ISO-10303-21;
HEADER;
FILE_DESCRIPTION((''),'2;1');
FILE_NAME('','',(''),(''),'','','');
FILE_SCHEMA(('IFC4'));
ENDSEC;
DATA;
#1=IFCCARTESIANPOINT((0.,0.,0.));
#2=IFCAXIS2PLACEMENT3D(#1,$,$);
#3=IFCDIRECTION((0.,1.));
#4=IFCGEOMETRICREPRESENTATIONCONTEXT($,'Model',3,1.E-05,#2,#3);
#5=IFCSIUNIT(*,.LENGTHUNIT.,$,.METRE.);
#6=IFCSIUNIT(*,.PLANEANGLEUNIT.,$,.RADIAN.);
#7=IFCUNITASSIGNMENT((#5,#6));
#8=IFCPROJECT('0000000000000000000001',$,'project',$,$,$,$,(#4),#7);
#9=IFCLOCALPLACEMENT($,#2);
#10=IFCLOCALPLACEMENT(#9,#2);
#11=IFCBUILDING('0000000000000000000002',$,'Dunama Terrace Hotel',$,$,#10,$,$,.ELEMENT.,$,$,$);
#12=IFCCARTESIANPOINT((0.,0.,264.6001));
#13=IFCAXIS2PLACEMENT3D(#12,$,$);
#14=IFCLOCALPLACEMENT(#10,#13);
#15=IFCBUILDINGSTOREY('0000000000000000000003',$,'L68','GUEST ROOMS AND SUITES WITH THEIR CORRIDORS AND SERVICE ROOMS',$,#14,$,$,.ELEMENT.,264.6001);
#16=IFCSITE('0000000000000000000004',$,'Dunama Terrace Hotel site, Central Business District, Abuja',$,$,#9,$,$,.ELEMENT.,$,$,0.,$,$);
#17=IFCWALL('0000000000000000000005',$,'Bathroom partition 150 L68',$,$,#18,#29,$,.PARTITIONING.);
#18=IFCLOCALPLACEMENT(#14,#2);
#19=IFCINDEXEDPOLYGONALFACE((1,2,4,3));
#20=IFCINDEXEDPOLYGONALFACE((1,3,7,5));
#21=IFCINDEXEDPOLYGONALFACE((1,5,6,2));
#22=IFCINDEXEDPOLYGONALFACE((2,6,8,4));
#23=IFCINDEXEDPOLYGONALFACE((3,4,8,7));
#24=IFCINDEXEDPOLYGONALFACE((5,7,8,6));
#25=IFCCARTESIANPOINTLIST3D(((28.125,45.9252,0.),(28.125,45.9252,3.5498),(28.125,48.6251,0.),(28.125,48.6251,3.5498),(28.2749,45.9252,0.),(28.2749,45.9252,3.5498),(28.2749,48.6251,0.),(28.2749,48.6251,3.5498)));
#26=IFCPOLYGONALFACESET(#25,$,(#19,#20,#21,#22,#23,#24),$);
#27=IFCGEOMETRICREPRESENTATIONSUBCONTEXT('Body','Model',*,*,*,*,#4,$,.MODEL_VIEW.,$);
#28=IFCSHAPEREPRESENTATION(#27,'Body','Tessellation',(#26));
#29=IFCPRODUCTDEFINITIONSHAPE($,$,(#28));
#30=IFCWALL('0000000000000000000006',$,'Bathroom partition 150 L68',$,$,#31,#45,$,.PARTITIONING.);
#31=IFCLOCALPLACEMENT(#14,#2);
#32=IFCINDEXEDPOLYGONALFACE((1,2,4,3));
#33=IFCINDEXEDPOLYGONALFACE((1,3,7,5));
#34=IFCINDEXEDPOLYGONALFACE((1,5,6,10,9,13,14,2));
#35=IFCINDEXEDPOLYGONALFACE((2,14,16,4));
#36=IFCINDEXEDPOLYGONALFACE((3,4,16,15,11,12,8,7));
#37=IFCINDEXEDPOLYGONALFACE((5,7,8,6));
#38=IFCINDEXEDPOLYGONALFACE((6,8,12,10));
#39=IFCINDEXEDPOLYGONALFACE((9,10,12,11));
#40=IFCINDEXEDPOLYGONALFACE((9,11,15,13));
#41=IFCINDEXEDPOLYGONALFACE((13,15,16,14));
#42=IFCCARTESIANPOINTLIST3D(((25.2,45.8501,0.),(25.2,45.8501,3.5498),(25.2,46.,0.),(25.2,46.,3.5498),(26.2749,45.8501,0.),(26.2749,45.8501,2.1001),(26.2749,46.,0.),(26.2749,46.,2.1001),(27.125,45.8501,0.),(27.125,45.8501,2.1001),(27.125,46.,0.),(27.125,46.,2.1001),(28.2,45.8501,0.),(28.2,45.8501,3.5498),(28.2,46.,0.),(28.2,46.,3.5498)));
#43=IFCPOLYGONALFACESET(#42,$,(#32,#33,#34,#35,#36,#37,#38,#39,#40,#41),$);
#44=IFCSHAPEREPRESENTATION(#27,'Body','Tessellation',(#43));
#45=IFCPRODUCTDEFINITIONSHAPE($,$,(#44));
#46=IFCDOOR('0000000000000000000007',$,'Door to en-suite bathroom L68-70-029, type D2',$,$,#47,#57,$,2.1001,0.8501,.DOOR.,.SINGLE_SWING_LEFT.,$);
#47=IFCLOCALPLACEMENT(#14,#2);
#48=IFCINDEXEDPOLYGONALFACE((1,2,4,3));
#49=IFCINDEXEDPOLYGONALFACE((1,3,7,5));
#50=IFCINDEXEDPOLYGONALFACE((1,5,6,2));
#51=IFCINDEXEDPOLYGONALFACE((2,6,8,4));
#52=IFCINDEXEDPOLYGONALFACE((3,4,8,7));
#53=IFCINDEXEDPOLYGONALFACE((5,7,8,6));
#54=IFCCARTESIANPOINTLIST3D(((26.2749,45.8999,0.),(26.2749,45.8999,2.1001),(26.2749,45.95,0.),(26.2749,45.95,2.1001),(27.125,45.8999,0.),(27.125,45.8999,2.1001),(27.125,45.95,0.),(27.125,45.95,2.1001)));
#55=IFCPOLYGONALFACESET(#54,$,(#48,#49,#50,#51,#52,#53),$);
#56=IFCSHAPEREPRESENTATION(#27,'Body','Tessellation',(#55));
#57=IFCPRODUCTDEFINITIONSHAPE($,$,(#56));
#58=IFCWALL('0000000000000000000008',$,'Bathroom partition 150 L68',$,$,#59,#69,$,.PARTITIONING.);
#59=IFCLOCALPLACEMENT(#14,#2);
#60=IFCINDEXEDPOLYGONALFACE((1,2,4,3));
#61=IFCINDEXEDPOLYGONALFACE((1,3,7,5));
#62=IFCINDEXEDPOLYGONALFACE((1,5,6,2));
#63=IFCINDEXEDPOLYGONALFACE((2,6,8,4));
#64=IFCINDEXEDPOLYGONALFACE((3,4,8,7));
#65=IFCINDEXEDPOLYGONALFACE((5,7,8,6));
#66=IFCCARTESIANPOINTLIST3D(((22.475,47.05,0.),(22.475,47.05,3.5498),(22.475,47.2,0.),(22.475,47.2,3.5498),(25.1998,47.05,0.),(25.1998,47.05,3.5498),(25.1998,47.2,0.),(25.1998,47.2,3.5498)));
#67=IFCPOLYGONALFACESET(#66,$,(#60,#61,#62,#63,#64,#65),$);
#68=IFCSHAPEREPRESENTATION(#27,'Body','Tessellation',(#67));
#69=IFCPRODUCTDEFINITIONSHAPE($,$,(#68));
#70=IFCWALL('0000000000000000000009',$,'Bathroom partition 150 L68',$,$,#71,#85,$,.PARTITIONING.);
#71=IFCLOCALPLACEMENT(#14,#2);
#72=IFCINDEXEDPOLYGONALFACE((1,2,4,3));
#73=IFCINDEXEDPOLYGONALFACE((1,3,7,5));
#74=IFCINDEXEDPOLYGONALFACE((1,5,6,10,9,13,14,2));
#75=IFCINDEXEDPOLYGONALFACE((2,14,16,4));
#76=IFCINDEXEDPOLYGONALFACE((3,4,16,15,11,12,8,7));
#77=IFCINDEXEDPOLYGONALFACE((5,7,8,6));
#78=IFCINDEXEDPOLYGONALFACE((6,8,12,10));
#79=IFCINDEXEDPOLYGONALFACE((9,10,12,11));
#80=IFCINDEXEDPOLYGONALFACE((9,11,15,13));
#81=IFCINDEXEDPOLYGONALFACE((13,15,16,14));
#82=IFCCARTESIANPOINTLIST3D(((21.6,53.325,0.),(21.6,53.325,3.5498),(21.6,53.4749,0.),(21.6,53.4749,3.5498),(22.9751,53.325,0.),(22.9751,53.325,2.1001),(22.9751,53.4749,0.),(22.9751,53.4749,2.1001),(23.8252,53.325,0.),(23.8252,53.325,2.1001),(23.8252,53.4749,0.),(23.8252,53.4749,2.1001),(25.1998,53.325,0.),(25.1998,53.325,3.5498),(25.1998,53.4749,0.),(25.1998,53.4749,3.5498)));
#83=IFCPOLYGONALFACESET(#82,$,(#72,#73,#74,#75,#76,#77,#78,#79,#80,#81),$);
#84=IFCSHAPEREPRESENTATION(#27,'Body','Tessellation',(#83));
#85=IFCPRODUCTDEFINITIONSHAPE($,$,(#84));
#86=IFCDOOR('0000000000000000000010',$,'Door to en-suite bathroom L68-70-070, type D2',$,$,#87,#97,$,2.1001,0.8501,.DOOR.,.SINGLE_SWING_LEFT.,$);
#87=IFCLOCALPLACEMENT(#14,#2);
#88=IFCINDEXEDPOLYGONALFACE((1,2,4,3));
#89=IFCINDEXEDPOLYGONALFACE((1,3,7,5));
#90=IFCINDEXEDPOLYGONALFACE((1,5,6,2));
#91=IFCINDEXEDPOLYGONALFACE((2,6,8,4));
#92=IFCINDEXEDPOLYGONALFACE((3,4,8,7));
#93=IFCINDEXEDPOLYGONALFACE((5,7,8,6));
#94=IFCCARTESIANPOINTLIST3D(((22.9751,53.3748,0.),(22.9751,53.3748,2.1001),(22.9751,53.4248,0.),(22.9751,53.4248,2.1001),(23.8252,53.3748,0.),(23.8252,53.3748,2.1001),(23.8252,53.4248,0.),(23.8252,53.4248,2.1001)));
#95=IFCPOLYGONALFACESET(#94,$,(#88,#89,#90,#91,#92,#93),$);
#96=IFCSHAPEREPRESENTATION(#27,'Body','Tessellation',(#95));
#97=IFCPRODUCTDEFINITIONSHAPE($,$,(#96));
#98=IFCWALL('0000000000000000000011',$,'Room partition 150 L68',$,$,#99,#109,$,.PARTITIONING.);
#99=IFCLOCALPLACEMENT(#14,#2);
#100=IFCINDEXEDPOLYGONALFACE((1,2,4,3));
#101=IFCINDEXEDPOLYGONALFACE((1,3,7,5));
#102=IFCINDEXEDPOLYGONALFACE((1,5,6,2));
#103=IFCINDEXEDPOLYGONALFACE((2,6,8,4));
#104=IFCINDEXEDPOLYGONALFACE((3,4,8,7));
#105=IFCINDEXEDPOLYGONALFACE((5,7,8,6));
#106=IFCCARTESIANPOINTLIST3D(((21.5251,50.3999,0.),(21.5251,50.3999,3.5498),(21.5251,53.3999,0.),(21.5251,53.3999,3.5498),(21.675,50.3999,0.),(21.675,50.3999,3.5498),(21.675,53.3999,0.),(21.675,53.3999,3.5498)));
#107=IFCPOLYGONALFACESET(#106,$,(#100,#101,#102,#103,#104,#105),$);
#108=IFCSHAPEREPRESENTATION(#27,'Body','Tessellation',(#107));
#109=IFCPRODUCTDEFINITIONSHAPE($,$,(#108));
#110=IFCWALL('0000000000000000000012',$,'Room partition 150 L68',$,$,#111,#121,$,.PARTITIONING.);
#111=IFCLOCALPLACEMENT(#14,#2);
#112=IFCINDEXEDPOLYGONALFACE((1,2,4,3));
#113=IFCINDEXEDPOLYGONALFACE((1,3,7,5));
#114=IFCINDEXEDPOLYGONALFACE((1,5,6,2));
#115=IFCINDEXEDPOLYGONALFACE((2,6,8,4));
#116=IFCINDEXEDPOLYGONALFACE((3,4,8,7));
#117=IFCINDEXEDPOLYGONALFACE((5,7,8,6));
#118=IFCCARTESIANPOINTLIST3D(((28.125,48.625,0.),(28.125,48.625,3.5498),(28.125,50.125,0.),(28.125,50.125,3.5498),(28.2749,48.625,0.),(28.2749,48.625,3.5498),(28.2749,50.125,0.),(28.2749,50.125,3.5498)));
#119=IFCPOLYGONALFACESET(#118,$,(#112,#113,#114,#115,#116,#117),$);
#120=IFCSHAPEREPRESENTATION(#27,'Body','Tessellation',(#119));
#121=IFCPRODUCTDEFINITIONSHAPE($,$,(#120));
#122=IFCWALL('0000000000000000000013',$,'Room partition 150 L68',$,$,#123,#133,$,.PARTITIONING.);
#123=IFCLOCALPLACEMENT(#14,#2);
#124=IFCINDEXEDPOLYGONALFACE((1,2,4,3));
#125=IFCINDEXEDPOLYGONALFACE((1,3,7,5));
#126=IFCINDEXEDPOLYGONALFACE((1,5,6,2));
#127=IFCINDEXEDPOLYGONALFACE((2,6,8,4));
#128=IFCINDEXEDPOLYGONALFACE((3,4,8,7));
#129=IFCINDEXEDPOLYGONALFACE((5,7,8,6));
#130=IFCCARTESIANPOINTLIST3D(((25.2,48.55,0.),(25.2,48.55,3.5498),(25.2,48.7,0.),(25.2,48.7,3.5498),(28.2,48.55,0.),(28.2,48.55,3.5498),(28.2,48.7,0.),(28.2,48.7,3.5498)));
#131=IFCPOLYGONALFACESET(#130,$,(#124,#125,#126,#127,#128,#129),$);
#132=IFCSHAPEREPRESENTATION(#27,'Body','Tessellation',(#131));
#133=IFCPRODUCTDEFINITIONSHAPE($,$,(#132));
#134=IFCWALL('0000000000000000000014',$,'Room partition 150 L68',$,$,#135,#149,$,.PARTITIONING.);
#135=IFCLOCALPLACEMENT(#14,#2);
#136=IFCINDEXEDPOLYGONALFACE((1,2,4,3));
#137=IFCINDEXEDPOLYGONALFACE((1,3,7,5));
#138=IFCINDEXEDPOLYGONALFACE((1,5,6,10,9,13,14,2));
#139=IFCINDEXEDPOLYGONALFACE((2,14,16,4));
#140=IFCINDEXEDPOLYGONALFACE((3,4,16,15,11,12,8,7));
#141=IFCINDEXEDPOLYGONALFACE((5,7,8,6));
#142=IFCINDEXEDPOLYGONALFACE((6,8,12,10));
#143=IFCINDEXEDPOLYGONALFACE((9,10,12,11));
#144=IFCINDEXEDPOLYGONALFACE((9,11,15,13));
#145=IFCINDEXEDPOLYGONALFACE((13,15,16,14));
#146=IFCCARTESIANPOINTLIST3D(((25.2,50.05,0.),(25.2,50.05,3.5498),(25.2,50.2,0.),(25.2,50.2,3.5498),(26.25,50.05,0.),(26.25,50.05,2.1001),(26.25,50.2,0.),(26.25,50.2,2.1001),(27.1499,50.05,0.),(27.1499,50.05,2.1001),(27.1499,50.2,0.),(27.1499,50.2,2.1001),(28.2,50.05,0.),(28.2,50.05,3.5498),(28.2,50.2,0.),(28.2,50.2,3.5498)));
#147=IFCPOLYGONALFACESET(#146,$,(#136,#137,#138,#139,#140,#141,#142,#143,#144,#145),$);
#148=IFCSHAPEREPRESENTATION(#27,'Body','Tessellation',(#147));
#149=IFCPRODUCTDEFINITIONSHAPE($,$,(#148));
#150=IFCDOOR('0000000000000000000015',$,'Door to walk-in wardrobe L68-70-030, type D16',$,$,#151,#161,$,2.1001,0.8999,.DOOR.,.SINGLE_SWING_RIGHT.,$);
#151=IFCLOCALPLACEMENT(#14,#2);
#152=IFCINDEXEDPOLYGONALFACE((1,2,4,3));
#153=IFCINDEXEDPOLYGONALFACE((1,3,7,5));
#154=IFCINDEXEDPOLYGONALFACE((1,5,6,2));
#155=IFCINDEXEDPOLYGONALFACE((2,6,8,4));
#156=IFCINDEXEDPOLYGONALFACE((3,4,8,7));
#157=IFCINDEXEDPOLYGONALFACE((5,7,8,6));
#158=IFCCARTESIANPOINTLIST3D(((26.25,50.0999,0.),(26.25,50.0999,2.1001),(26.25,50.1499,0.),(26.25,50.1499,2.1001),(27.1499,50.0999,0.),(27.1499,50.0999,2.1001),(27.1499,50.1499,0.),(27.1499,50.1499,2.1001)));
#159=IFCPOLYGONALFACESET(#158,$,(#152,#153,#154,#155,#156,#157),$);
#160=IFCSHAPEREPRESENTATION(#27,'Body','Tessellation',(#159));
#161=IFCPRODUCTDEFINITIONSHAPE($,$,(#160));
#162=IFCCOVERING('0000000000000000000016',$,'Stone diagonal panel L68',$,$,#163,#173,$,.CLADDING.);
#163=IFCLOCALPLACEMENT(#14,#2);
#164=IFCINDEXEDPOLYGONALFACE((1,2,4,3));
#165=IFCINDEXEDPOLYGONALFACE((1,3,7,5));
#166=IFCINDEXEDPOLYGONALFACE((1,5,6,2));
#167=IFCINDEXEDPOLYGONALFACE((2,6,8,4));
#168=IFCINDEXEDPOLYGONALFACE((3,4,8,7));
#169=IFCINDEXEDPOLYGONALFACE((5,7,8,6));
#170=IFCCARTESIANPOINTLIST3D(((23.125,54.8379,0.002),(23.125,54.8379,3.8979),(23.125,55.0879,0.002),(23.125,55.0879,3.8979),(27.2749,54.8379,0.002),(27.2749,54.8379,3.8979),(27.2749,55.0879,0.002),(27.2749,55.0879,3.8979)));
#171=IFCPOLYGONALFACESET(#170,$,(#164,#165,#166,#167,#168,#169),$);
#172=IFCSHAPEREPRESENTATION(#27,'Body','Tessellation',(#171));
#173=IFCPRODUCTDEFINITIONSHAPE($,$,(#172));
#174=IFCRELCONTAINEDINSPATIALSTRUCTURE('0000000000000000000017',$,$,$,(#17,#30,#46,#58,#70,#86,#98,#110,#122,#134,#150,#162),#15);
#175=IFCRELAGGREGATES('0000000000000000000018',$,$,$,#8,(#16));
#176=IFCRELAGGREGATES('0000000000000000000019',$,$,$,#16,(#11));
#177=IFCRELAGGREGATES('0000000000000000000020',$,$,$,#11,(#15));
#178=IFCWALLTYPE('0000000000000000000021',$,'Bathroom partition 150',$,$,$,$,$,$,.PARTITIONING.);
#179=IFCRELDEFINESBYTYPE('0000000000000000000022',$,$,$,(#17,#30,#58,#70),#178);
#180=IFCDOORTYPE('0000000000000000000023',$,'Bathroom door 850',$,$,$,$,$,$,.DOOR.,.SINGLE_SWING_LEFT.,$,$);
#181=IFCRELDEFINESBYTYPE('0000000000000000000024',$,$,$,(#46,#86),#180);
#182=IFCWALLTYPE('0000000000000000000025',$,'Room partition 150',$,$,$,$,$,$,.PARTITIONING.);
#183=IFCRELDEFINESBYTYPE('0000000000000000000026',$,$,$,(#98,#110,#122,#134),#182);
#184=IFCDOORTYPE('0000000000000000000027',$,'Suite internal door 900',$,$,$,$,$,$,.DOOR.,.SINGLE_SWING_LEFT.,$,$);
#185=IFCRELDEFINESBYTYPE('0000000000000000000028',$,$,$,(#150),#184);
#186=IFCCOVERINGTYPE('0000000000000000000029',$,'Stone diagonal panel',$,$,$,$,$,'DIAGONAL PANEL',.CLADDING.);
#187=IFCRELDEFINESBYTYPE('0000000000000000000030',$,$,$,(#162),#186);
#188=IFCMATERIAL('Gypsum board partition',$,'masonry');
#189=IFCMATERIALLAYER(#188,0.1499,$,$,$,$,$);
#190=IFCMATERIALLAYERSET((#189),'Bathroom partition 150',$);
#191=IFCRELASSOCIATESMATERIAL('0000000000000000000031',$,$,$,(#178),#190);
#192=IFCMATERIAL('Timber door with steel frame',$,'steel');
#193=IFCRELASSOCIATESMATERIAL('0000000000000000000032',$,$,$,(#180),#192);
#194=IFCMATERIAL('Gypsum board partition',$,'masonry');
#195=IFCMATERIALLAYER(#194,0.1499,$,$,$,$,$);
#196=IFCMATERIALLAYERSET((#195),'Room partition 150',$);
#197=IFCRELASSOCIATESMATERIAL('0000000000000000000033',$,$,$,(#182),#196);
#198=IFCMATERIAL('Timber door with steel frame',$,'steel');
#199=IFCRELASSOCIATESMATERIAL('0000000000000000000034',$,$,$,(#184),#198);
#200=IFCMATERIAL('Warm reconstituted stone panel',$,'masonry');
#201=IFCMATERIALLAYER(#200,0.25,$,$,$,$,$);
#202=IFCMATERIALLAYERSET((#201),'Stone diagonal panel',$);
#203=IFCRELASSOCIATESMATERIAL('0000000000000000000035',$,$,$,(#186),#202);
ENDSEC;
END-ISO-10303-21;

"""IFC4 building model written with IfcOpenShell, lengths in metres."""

from ifc_helpers import new_model, si_unit, direction, frame, frame_2d, origin, origin_2d, place, context, subcontext, project, spatial, rectangle, extrude, material, layer, layer_set, type_object, element, fill, save


model = new_model("IFC4")

# Units and contexts
model_context = context("Model", 3, precision=1e-05, world=origin(), true_north=direction((0.0, 1.0)))
body_context = subcontext(model_context, "Body", "Model", "MODEL_VIEW")
ifc_project = project(units=[si_unit("LENGTHUNIT", "METRE"), si_unit("PLANEANGLEUNIT", "RADIAN")], contexts=[model_context])

# Site, building, storey
site_placement = place(None, origin())
site = spatial("IfcSite", under=ifc_project, at=site_placement, Name="Dunama Terrace Hotel site, Central Business District, Abuja", CompositionType="ELEMENT", RefElevation=0.0)
building_placement = place(site_placement, origin())
building = spatial("IfcBuilding", under=site, at=building_placement, Name="Dunama Terrace Hotel", CompositionType="ELEMENT")
storey_placement = place(building_placement, frame((0.0, 0.0, 264.6001)))
storey = spatial("IfcBuildingStorey", under=building, at=storey_placement, Name="L68", Description="GUEST ROOMS AND SUITES WITH THEIR CORRIDORS AND SERVICE ROOMS", CompositionType="ELEMENT", Elevation=264.6001)

# Wall
ifc_material_1 = material(Name="Gypsum board partition", Category="masonry")
ifc_layer_1 = layer(ifc_material_1, 0.1499)
ifc_layer_set_1 = layer_set([ifc_layer_1], Name="Bathroom partition 150")
wall_type_1 = type_object("IfcWallType", Name="Bathroom partition 150", PredefinedType="PARTITIONING", material=ifc_layer_set_1)
wall_1_placement = place(storey_placement, frame((28.2, 45.925, 0.0), z_axis=(0.0, 0.0, 1.0), x_axis=(0.0, 1.0, 0.0)))
element("IfcWall", 1, at=wall_1_placement, inside=storey, type_object=wall_type_1, Name="Bathroom partition 150 L68", PredefinedType="PARTITIONING", context=body_context, shape_type="SweptSolid", body=[
    extrude(rectangle(XDim=2.7, YDim=0.1499, at=frame_2d((1.3501, 0.0))), origin(), (0.0, 0.0, 1.0), 3.5498),
])

# Wall, opening, door
wall_2_placement = place(storey_placement, frame((25.2, 45.925, 0.0), z_axis=(0.0, 0.0, 1.0), x_axis=(1.0, 0.0, 0.0)))
wall_2 = element("IfcWall", 2, at=wall_2_placement, inside=storey, type_object=wall_type_1, Name="Bathroom partition 150 L68", PredefinedType="PARTITIONING", context=body_context, shape_type="SweptSolid", body=[
    extrude(rectangle(XDim=3.0, YDim=0.1499, at=frame_2d((1.5, 0.0))), origin(), (0.0, 0.0, 1.0), 3.5498),
])
opening_1_placement = place(wall_2_placement, frame((1.075, 0.0, 0.0)))
opening_1 = element("IfcOpeningElement", 3, at=opening_1_placement, cuts=wall_2, PredefinedType="OPENING", context=body_context, shape_type="SweptSolid", body=[
    extrude(rectangle(XDim=0.8501, YDim=2.1001, at=frame_2d((0.425, 1.05))), frame((0.0, 0.085, 0.0), z_axis=(0.0, -1.0, 0.0), x_axis=(1.0, 0.0, 0.0)), (0.0, 0.0, 1.0), 0.1699),
])
ifc_material_2 = material(Name="Timber door with steel frame", Category="steel")
door_type_1 = type_object("IfcDoorType", Name="Bathroom door 850", OperationType="SINGLE_SWING_LEFT", PredefinedType="DOOR", material=ifc_material_2)
door_1_placement = place(opening_1_placement, origin())
door_1 = element("IfcDoor", 4, at=door_1_placement, inside=storey, type_object=door_type_1, Name="Door to en-suite bathroom L68-70-029, type D2", OperationType="SINGLE_SWING_LEFT", OverallHeight=2.1001, OverallWidth=0.8501, PredefinedType="DOOR", context=body_context, shape_type="SweptSolid", body=[
    extrude(rectangle(XDim=0.8501, YDim=2.1001, at=frame_2d((0.425, 1.05))), frame((0.0, 0.0249, 0.0), z_axis=(0.0, -1.0, 0.0), x_axis=(1.0, 0.0, 0.0)), (0.0, 0.0, 1.0), 0.05),
])
fill(opening_1, door_1)

# Wall
wall_3_placement = place(storey_placement, frame((22.4751, 47.125, 0.0), z_axis=(0.0, 0.0, 1.0), x_axis=(1.0, 0.0, 0.0)))
element("IfcWall", 5, at=wall_3_placement, inside=storey, type_object=wall_type_1, Name="Bathroom partition 150 L68", PredefinedType="PARTITIONING", context=body_context, shape_type="SweptSolid", body=[
    extrude(rectangle(XDim=2.7249, YDim=0.1499, at=frame_2d((1.3623, 0.0))), origin(), (0.0, 0.0, 1.0), 3.5498),
])

# Wall, opening, door
wall_4_placement = place(storey_placement, frame((21.6001, 53.3999, 0.0), z_axis=(0.0, 0.0, 1.0), x_axis=(1.0, 0.0, 0.0)))
wall_4 = element("IfcWall", 6, at=wall_4_placement, inside=storey, type_object=wall_type_1, Name="Bathroom partition 150 L68", PredefinedType="PARTITIONING", context=body_context, shape_type="SweptSolid", body=[
    extrude(rectangle(XDim=3.5999, YDim=0.1499, at=frame_2d((1.7998, 0.0))), origin(), (0.0, 0.0, 1.0), 3.5498),
])
opening_2_placement = place(wall_4_placement, frame((1.375, 0.0, 0.0)))
opening_2 = element("IfcOpeningElement", 7, at=opening_2_placement, cuts=wall_4, PredefinedType="OPENING", context=body_context, shape_type="SweptSolid", body=[
    extrude(rectangle(XDim=0.8501, YDim=2.1001, at=frame_2d((0.425, 1.05))), frame((0.0, 0.085, 0.0), z_axis=(0.0, -1.0, 0.0), x_axis=(1.0, 0.0, 0.0)), (0.0, 0.0, 1.0), 0.1699),
])
door_2_placement = place(opening_2_placement, frame((0.8501, 0.0, 0.0), z_axis=(0.0, 0.0, 1.0), x_axis=(-1.0, 0.0, 0.0)))
door_2 = element("IfcDoor", 8, at=door_2_placement, inside=storey, type_object=door_type_1, Name="Door to en-suite bathroom L68-70-070, type D2", OperationType="SINGLE_SWING_LEFT", OverallHeight=2.1001, OverallWidth=0.8501, PredefinedType="DOOR", context=body_context, shape_type="SweptSolid", body=[
    extrude(rectangle(XDim=0.8501, YDim=2.1001, at=frame_2d((0.425, 1.05))), frame((0.0, 0.0251, 0.0), z_axis=(0.0, -1.0, 0.0), x_axis=(1.0, 0.0, 0.0)), (0.0, 0.0, 1.0), 0.05),
])
fill(opening_2, door_2)

# Walls
ifc_material_3 = material(Name="Gypsum board partition", Category="masonry")
ifc_layer_2 = layer(ifc_material_3, 0.1499)
ifc_layer_set_2 = layer_set([ifc_layer_2], Name="Room partition 150")
wall_type_2 = type_object("IfcWallType", Name="Room partition 150", PredefinedType="PARTITIONING", material=ifc_layer_set_2)
wall_5_placement = place(storey_placement, frame((21.6001, 50.3999, 0.0), z_axis=(0.0, 0.0, 1.0), x_axis=(0.0, 1.0, 0.0)))
element("IfcWall", 9, at=wall_5_placement, inside=storey, type_object=wall_type_2, Name="Room partition 150 L68", PredefinedType="PARTITIONING", context=body_context, shape_type="SweptSolid", body=[
    extrude(rectangle(XDim=3.0, YDim=0.1499, at=frame_2d((1.5, 0.0))), origin(), (0.0, 0.0, 1.0), 3.5498),
])
wall_6_placement = place(storey_placement, frame((28.2, 48.625, 0.0), z_axis=(0.0, 0.0, 1.0), x_axis=(0.0, 1.0, 0.0)))
element("IfcWall", 10, at=wall_6_placement, inside=storey, type_object=wall_type_2, Name="Room partition 150 L68", PredefinedType="PARTITIONING", context=body_context, shape_type="SweptSolid", body=[
    extrude(rectangle(XDim=1.5, YDim=0.1499, at=frame_2d((0.75, 0.0))), origin(), (0.0, 0.0, 1.0), 3.5498),
])
wall_7_placement = place(storey_placement, frame((25.2, 48.625, 0.0), z_axis=(0.0, 0.0, 1.0), x_axis=(1.0, 0.0, 0.0)))
element("IfcWall", 11, at=wall_7_placement, inside=storey, type_object=wall_type_2, Name="Room partition 150 L68", PredefinedType="PARTITIONING", context=body_context, shape_type="SweptSolid", body=[
    extrude(rectangle(XDim=3.0, YDim=0.1499, at=frame_2d((1.5, 0.0))), origin(), (0.0, 0.0, 1.0), 3.5498),
])

# Wall, opening, door
wall_8_placement = place(storey_placement, frame((25.2, 50.125, 0.0), z_axis=(0.0, 0.0, 1.0), x_axis=(1.0, 0.0, 0.0)))
wall_8 = element("IfcWall", 12, at=wall_8_placement, inside=storey, type_object=wall_type_2, Name="Room partition 150 L68", PredefinedType="PARTITIONING", context=body_context, shape_type="SweptSolid", body=[
    extrude(rectangle(XDim=3.0, YDim=0.1499, at=frame_2d((1.5, 0.0))), origin(), (0.0, 0.0, 1.0), 3.5498),
])
opening_3_placement = place(wall_8_placement, frame((1.05, 0.0, 0.0)))
opening_3 = element("IfcOpeningElement", 13, at=opening_3_placement, cuts=wall_8, PredefinedType="OPENING", context=body_context, shape_type="SweptSolid", body=[
    extrude(rectangle(XDim=0.8999, YDim=2.1001, at=frame_2d((0.45, 1.05))), frame((0.0, 0.085, 0.0), z_axis=(0.0, -1.0, 0.0), x_axis=(1.0, 0.0, 0.0)), (0.0, 0.0, 1.0), 0.1699),
])
ifc_material_4 = material(Name="Timber door with steel frame", Category="steel")
door_type_2 = type_object("IfcDoorType", Name="Suite internal door 900", OperationType="SINGLE_SWING_LEFT", PredefinedType="DOOR", material=ifc_material_4)
door_3_placement = place(opening_3_placement, frame((0.8999, 0.0, 0.0), z_axis=(0.0, 0.0, 1.0), x_axis=(-1.0, 0.0, 0.0)))
door_3 = element("IfcDoor", 14, at=door_3_placement, inside=storey, type_object=door_type_2, Name="Door to walk-in wardrobe L68-70-030, type D16", OperationType="SINGLE_SWING_RIGHT", OverallHeight=2.1001, OverallWidth=0.8999, PredefinedType="DOOR", context=body_context, shape_type="SweptSolid", body=[
    extrude(rectangle(XDim=0.8999, YDim=2.1001, at=frame_2d((0.45, 1.05))), frame((0.0, 0.0251, 0.0), z_axis=(0.0, -1.0, 0.0), x_axis=(1.0, 0.0, 0.0)), (0.0, 0.0, 1.0), 0.05),
])
fill(opening_3, door_3)

# Covering
ifc_material_5 = material(Name="Warm reconstituted stone panel", Category="masonry")
ifc_layer_3 = layer(ifc_material_5, 0.25)
ifc_layer_set_3 = layer_set([ifc_layer_3], Name="Stone diagonal panel")
covering_type = type_object("IfcCoveringType", Name="Stone diagonal panel", ElementType="DIAGONAL PANEL", PredefinedType="CLADDING", material=ifc_layer_set_3)
covering_placement = place(storey_placement, frame((25.2, 54.9629, 0.002), z_axis=(0.0, 0.0, 1.0), x_axis=(-1.0, 0.0, 0.0)))
element("IfcCovering", 15, at=covering_placement, inside=storey, type_object=covering_type, Name="Stone diagonal panel L68", PredefinedType="CLADDING", context=body_context, shape_type="SweptSolid", body=[
    extrude(rectangle(XDim=4.1499, YDim=0.25, at=origin_2d()), origin(), (0.0, 0.0, 1.0), 3.896),
])

save(model, "model.ifc")
